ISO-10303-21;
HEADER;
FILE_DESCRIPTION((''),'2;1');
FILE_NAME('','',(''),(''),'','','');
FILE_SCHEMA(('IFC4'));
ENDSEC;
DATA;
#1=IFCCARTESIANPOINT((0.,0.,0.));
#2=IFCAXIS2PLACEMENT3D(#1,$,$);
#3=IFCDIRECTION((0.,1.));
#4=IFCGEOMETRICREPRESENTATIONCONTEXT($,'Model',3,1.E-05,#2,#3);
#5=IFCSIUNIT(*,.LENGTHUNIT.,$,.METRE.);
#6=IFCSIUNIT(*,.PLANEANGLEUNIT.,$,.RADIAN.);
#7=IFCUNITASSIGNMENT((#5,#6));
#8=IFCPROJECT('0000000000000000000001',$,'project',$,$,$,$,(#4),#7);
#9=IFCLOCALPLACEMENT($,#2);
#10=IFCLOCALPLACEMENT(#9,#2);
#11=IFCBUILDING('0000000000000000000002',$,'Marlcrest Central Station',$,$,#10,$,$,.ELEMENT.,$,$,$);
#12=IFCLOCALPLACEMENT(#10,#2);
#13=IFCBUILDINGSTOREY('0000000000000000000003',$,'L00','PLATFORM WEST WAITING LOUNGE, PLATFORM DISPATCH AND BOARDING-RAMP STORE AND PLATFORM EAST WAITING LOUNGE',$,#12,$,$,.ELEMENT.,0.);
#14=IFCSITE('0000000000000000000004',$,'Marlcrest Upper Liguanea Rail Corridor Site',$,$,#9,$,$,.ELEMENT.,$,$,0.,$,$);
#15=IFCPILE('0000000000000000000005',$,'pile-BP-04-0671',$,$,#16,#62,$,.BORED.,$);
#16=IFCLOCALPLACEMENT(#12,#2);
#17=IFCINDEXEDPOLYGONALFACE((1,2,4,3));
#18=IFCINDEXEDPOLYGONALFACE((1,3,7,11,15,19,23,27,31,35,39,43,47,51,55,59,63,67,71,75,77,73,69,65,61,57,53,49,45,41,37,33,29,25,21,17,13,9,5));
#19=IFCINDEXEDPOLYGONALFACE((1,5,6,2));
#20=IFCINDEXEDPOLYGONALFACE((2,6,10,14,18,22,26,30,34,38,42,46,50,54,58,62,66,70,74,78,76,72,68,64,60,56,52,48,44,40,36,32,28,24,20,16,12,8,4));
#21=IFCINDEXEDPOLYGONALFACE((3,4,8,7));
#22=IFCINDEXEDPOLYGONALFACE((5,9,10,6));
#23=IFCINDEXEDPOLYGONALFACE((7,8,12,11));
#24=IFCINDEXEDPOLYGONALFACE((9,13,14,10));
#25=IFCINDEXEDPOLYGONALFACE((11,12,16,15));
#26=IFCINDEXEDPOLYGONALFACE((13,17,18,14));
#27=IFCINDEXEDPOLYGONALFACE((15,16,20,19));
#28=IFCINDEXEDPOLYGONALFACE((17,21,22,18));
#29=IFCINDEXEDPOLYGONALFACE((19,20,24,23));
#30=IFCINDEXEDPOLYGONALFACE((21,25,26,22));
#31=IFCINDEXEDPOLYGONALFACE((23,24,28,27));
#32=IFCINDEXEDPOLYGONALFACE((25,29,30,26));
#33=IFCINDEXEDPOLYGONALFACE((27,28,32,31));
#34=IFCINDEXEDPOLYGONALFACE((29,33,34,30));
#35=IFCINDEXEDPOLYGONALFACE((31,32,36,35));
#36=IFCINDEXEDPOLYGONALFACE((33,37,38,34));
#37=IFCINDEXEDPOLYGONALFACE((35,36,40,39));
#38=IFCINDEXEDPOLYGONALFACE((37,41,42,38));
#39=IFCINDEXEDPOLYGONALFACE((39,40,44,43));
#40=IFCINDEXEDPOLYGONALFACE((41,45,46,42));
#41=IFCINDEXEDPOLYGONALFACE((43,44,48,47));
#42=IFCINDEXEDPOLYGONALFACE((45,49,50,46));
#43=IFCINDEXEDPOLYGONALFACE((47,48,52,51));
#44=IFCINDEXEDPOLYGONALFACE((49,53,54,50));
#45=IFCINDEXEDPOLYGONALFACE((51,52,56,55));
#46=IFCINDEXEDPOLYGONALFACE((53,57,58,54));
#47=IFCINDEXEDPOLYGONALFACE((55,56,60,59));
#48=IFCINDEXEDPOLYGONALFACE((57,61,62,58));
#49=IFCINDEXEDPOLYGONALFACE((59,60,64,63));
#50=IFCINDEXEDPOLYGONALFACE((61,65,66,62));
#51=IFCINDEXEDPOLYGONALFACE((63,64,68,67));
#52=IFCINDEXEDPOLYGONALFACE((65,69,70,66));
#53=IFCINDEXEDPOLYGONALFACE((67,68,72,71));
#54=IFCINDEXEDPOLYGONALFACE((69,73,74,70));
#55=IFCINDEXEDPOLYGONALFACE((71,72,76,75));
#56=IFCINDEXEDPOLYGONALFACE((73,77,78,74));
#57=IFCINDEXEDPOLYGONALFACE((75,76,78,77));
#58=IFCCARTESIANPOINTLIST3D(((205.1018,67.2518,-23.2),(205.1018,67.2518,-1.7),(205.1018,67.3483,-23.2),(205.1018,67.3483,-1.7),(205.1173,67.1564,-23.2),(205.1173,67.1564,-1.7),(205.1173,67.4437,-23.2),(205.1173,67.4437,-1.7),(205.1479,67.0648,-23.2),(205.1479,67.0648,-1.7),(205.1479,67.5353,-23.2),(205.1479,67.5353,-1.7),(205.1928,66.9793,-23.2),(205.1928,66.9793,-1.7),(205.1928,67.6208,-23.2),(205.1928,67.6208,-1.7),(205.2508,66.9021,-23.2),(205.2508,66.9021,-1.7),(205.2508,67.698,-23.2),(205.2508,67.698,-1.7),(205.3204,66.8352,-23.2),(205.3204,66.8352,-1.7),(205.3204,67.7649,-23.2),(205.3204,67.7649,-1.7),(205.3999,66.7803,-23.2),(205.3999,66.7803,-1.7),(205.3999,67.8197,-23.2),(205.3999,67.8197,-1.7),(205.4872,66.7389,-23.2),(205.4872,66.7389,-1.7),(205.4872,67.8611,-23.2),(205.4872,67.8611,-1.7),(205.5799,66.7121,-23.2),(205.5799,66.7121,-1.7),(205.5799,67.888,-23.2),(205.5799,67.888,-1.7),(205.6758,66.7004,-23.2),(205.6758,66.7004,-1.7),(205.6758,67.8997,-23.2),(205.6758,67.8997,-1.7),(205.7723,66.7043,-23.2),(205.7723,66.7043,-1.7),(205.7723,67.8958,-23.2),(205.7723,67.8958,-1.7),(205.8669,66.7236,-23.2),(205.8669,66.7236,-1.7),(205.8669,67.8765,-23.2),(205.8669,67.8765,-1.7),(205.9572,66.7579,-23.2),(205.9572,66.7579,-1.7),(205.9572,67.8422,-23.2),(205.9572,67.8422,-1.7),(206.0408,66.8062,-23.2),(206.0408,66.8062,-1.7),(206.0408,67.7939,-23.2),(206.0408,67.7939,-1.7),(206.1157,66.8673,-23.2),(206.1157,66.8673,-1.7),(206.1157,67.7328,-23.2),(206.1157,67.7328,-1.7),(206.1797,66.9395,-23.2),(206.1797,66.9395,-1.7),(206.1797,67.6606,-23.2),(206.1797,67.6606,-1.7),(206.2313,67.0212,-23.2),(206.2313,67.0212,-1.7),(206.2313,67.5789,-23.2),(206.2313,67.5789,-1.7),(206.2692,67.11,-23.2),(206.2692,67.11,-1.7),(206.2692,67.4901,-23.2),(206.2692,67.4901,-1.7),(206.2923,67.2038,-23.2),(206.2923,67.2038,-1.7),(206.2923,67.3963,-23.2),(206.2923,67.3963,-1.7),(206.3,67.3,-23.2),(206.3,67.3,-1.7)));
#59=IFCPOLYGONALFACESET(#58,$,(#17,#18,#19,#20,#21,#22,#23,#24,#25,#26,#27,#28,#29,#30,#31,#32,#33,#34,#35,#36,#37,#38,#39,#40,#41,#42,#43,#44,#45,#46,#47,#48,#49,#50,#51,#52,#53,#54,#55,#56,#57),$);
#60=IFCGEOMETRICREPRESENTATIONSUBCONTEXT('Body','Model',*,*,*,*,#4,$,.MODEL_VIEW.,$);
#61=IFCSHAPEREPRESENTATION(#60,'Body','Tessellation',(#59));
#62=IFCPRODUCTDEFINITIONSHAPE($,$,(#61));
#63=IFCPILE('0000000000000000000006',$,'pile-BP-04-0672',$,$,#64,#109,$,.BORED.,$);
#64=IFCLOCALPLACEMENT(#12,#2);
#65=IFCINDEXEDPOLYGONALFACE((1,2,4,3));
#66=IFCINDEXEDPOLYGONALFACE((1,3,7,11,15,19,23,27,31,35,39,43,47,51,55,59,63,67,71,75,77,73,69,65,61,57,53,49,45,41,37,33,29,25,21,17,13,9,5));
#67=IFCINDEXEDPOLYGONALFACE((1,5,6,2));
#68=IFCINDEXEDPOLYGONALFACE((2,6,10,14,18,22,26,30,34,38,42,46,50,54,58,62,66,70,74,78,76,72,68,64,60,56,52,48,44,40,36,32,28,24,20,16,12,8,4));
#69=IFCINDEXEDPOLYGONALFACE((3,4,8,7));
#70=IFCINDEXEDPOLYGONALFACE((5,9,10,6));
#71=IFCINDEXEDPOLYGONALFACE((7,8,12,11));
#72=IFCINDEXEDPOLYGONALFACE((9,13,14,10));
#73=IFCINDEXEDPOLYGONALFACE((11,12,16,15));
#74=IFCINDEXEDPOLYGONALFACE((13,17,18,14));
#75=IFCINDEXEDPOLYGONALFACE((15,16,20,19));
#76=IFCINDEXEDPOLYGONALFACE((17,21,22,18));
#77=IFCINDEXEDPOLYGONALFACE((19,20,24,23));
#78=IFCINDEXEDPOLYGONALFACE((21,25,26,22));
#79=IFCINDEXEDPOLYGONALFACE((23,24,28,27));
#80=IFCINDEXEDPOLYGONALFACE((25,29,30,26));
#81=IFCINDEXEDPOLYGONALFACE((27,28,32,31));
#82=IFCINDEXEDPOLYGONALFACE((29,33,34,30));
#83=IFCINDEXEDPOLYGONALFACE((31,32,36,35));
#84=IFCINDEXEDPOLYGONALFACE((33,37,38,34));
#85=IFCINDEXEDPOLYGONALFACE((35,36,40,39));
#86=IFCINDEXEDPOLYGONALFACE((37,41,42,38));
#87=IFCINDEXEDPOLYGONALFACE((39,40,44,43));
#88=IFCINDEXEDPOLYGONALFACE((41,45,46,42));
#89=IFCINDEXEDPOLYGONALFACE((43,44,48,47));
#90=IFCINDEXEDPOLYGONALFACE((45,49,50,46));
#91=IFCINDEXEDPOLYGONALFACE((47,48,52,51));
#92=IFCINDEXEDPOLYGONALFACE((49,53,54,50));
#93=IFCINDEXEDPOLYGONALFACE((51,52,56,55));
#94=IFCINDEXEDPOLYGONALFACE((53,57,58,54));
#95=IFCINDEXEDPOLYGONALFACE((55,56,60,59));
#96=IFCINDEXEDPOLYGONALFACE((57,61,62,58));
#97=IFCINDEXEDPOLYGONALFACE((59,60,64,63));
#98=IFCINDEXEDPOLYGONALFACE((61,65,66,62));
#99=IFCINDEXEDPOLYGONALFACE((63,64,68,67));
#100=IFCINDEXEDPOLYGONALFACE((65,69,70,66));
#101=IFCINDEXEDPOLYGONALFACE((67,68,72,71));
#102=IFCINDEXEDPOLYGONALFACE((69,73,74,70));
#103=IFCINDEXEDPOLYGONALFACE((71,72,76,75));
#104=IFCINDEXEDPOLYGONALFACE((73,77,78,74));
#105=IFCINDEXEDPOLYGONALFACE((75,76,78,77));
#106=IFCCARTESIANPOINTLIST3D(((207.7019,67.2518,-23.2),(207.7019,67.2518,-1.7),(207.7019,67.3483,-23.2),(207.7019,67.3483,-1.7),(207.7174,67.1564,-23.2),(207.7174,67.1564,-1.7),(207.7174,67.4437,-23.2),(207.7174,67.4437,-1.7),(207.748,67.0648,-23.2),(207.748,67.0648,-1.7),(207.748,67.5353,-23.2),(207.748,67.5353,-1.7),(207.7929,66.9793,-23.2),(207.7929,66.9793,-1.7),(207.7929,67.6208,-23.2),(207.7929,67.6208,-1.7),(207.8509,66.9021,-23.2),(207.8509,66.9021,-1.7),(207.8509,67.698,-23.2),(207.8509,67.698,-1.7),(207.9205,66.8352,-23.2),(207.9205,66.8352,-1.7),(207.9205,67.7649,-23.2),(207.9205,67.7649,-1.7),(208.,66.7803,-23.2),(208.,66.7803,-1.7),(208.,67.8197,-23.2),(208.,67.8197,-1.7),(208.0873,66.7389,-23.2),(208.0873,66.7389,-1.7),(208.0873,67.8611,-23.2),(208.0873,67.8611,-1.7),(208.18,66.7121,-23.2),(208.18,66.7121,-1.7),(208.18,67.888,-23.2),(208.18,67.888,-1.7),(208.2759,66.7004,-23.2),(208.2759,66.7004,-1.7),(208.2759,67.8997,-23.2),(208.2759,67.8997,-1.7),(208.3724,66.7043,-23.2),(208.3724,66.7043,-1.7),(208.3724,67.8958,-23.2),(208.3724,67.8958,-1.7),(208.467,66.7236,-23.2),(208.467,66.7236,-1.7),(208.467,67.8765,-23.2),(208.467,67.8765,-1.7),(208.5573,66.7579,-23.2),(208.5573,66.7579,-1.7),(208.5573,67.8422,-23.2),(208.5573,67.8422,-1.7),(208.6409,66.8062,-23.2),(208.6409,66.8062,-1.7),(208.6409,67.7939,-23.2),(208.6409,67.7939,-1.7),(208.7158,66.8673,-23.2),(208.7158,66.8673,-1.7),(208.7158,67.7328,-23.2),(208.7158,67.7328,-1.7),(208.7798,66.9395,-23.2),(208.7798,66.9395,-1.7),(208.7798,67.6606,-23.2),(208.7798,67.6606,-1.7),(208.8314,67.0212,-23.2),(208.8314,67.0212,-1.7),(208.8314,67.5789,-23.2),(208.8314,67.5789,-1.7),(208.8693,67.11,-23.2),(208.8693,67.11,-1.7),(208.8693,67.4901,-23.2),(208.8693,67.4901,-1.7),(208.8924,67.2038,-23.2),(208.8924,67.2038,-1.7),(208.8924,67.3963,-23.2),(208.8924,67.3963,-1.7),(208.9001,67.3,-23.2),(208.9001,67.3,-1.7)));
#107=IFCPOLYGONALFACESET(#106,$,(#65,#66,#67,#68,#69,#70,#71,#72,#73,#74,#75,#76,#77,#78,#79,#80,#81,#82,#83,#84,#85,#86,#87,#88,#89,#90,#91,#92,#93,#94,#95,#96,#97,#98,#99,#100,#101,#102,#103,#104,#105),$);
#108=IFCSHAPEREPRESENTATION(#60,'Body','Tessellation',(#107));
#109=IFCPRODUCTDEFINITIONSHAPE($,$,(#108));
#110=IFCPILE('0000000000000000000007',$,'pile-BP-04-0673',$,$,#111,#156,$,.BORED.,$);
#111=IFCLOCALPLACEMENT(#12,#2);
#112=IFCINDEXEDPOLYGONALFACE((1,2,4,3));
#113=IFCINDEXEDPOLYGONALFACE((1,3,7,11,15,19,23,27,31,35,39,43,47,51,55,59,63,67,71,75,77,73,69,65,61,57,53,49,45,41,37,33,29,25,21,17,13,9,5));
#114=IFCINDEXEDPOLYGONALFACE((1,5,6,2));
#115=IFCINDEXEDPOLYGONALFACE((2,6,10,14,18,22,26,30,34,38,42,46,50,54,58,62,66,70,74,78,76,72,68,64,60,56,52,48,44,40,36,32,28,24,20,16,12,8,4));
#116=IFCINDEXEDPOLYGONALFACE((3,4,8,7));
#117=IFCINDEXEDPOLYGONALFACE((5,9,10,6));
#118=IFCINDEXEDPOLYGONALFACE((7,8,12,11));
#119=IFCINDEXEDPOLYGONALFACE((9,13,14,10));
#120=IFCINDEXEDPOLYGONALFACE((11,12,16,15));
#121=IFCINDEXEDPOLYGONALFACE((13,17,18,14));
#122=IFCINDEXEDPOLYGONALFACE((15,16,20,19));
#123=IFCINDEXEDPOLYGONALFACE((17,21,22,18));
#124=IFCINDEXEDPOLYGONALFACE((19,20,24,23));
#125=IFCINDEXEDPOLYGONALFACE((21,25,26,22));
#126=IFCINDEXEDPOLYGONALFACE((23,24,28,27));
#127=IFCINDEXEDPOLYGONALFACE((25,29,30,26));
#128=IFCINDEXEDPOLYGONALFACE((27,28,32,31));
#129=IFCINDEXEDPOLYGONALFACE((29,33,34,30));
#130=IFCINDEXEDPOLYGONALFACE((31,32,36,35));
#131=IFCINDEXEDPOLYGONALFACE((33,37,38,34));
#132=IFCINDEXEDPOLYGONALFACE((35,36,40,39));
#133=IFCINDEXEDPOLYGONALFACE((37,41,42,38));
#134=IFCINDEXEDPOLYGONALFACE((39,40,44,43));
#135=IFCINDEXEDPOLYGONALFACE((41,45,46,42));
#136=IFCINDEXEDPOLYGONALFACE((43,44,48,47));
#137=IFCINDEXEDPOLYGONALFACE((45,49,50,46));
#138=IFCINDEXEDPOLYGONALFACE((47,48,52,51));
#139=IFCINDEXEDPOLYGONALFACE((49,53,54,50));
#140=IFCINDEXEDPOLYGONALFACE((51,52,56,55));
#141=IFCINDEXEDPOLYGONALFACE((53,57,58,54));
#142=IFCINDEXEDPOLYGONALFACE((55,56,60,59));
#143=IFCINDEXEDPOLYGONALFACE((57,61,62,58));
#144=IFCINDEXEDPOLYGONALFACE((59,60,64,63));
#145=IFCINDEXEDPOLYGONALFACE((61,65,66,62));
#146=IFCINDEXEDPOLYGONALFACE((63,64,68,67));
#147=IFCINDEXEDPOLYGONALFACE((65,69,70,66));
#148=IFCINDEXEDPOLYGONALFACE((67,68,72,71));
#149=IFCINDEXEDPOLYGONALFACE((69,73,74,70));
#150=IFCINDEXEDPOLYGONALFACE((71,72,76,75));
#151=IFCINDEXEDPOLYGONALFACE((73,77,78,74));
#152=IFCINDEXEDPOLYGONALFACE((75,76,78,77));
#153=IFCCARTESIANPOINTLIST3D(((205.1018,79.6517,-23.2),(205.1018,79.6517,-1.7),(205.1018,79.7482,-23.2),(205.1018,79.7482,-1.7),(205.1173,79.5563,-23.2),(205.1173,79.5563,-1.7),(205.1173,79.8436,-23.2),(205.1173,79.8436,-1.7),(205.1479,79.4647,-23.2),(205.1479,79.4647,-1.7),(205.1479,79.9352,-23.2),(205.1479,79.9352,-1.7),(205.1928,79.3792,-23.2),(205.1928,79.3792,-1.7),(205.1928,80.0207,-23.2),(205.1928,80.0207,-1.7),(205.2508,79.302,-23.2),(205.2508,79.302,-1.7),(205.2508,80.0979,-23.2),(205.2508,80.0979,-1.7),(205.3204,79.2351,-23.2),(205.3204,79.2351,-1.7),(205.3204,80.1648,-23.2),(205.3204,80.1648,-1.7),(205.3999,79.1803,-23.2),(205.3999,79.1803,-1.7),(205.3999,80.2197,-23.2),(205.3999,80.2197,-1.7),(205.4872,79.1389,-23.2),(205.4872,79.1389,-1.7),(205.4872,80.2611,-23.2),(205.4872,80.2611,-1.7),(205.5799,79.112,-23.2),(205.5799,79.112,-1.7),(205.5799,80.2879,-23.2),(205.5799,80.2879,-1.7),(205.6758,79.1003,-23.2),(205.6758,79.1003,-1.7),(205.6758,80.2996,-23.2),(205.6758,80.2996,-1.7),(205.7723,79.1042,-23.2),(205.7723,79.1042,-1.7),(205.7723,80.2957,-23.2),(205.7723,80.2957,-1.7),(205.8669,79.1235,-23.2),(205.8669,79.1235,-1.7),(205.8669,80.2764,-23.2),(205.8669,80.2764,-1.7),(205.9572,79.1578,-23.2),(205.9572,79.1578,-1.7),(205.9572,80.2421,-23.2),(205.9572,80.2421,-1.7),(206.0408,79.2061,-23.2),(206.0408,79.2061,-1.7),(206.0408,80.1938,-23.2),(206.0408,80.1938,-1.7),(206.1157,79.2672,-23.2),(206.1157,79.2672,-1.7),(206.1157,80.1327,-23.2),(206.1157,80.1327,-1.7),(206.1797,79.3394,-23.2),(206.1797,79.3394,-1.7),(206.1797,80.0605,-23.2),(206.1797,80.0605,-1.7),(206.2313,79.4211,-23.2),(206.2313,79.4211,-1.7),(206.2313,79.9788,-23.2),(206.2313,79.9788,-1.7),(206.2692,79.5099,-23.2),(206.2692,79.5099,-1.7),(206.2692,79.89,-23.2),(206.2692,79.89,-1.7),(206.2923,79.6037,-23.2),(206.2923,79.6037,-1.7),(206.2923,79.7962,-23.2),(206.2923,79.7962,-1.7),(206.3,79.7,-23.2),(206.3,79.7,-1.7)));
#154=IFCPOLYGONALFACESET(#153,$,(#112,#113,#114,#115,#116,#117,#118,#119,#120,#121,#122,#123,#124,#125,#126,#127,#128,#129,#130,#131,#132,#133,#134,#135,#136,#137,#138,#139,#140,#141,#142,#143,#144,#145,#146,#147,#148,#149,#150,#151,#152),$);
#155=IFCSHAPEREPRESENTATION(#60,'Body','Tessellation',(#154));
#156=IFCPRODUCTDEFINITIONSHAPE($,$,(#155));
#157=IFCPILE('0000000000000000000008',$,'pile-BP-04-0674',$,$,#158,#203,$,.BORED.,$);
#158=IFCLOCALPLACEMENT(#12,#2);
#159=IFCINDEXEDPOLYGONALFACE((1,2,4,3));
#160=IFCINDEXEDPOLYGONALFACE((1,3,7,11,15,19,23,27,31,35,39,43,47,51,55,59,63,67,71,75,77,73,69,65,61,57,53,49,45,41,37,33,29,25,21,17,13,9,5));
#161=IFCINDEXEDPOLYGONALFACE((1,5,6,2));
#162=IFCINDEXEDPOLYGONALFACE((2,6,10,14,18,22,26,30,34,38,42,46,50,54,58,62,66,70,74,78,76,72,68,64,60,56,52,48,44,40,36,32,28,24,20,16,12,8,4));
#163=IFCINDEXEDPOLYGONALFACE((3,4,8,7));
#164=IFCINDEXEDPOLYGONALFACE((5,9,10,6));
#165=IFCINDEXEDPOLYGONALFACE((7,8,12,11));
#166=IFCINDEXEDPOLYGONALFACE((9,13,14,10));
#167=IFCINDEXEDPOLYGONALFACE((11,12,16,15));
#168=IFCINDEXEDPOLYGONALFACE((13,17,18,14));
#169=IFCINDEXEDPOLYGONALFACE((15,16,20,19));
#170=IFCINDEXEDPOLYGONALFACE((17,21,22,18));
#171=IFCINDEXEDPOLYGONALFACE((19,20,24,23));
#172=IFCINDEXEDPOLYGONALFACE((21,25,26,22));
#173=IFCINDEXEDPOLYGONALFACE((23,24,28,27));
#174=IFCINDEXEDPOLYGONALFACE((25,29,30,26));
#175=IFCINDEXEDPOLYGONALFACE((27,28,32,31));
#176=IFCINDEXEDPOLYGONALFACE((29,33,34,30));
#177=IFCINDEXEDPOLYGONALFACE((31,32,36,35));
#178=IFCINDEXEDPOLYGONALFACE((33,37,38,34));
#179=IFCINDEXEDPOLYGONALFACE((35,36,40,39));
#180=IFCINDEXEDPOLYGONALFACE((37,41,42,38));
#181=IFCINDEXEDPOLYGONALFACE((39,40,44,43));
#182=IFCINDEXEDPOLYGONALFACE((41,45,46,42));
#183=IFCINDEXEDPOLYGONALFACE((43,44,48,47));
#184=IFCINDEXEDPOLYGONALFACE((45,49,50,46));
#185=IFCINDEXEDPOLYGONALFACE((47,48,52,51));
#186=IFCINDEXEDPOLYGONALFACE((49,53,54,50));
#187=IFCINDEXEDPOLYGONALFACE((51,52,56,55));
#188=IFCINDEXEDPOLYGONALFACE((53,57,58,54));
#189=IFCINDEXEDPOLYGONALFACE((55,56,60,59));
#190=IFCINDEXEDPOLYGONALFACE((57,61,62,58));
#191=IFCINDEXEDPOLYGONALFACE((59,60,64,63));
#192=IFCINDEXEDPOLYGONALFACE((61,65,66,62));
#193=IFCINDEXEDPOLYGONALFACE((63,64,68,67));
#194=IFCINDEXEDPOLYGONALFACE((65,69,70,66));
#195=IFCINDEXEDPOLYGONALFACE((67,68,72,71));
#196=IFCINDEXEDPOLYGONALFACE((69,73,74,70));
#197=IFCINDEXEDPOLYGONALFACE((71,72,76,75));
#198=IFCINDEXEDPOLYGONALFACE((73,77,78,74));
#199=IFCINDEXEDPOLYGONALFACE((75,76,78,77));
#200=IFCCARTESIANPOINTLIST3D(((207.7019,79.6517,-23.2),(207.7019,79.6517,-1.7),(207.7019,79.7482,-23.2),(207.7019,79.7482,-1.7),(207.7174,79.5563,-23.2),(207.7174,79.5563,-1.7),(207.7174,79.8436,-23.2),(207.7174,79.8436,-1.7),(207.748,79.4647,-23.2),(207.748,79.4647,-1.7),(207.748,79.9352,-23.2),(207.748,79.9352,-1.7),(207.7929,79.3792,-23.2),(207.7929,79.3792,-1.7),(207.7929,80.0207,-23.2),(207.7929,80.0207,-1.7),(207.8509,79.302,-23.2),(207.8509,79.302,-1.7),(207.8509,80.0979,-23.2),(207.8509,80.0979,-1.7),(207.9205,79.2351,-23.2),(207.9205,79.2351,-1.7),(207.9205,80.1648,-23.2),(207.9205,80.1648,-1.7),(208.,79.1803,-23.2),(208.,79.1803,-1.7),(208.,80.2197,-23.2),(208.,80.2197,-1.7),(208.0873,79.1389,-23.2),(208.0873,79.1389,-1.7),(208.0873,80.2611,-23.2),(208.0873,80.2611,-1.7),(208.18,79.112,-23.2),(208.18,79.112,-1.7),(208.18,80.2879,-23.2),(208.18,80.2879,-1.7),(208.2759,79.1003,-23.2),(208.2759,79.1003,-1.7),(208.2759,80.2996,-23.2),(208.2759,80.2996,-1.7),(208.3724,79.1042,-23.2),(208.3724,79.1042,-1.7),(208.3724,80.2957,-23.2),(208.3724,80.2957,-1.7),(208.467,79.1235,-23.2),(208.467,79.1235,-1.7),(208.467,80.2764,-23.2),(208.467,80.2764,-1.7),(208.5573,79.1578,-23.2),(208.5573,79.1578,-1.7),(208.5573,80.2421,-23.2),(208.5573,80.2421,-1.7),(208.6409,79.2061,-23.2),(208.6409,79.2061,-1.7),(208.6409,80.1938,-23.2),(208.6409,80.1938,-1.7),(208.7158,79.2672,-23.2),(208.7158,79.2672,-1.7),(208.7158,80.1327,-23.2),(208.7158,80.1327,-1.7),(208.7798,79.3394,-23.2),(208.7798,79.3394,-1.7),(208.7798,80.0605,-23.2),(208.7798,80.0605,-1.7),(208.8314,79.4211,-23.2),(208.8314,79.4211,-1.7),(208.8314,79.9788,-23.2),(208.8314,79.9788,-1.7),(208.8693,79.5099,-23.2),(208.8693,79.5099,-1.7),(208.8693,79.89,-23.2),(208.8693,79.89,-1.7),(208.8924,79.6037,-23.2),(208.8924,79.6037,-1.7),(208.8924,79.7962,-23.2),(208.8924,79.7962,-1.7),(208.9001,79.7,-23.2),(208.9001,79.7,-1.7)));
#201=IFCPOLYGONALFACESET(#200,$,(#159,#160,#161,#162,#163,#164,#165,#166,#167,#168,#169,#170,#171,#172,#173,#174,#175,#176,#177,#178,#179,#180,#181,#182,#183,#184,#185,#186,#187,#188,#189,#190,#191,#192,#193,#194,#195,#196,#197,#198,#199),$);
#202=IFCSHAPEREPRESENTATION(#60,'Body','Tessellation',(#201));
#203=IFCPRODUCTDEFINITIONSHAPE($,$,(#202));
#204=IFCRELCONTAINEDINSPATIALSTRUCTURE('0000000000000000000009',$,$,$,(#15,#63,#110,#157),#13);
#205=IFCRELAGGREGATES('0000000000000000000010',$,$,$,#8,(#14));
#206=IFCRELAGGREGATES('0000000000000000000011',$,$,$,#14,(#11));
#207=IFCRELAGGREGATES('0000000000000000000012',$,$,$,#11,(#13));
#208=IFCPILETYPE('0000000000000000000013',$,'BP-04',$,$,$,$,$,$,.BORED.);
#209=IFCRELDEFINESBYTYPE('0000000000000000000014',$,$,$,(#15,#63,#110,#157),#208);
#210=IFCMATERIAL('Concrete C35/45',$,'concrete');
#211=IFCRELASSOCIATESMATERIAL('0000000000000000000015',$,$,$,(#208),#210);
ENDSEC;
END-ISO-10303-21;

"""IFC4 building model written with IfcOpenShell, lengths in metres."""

from ifc_helpers import new_model, si_unit, direction, frame, origin, origin_2d, place, context, subcontext, project, spatial, circle, extrude, material, material_profile, profile_set, type_object, element, save


model = new_model("IFC4")

# Units and contexts
model_context = context("Model", 3, precision=1e-05, world=origin(), true_north=direction((0.0, 1.0)))
body_context = subcontext(model_context, "Body", "Model", "MODEL_VIEW")
ifc_project = project(units=[si_unit("LENGTHUNIT", "METRE"), si_unit("PLANEANGLEUNIT", "RADIAN")], contexts=[model_context])

# Site, building, storey
site_placement = place(None, origin())
site = spatial("IfcSite", under=ifc_project, at=site_placement, Name="Marlcrest Upper Liguanea Rail Corridor Site", CompositionType="ELEMENT", RefElevation=0.0)
building_placement = place(site_placement, origin())
building = spatial("IfcBuilding", under=site, at=building_placement, Name="Marlcrest Central Station", CompositionType="ELEMENT")
storey_placement = place(building_placement, origin())
storey = spatial("IfcBuildingStorey", under=building, at=storey_placement, Name="L00", Description="PLATFORM WEST WAITING LOUNGE, PLATFORM DISPATCH AND BOARDING-RAMP STORE AND PLATFORM EAST WAITING LOUNGE", CompositionType="ELEMENT", Elevation=0.0)

# Piles
ifc_material_1 = material(Name="Concrete C35/45", Category="concrete")
ifc_material_profile_1 = material_profile(ifc_material_1, circle(Radius=0.6001, at=origin_2d()), Name="PILE D1200")
ifc_profile_set_1 = profile_set([ifc_material_profile_1], Name="Concrete C35/45")
pile_type = type_object("IfcPileType", Name="BP-04", PredefinedType="BORED", material=ifc_profile_set_1)
for number, where, z_axis, x_axis, name in (
    (1, (205.7, 67.3, -1.7), (0.0, 0.0, -1.0), (1.0, 0.0, 0.0), "pile-BP-04-0671"),
    (2, (208.3, 67.3, -1.7), (0.0, 0.0, -1.0), (1.0, 0.0, 0.0), "pile-BP-04-0672"),
    (3, (205.7, 79.7, -1.7), (0.0, 0.0, -1.0), (1.0, 0.0, 0.0), "pile-BP-04-0673"),
    (4, (208.3, 79.7, -1.7), (0.0, 0.0, -1.0), (1.0, 0.0, 0.0), "pile-BP-04-0674"),
):
    element("IfcPile", number, at=place(storey_placement, frame(where, z_axis=z_axis, x_axis=x_axis)), inside=storey, type_object=pile_type, Name=name, PredefinedType="BORED", context=body_context, shape_type="SweptSolid", body=[
        extrude(circle(Radius=0.6001, at=origin_2d()), origin(), (0.0, 0.0, 1.0), 21.5),
    ])

save(model, "model.ifc")
